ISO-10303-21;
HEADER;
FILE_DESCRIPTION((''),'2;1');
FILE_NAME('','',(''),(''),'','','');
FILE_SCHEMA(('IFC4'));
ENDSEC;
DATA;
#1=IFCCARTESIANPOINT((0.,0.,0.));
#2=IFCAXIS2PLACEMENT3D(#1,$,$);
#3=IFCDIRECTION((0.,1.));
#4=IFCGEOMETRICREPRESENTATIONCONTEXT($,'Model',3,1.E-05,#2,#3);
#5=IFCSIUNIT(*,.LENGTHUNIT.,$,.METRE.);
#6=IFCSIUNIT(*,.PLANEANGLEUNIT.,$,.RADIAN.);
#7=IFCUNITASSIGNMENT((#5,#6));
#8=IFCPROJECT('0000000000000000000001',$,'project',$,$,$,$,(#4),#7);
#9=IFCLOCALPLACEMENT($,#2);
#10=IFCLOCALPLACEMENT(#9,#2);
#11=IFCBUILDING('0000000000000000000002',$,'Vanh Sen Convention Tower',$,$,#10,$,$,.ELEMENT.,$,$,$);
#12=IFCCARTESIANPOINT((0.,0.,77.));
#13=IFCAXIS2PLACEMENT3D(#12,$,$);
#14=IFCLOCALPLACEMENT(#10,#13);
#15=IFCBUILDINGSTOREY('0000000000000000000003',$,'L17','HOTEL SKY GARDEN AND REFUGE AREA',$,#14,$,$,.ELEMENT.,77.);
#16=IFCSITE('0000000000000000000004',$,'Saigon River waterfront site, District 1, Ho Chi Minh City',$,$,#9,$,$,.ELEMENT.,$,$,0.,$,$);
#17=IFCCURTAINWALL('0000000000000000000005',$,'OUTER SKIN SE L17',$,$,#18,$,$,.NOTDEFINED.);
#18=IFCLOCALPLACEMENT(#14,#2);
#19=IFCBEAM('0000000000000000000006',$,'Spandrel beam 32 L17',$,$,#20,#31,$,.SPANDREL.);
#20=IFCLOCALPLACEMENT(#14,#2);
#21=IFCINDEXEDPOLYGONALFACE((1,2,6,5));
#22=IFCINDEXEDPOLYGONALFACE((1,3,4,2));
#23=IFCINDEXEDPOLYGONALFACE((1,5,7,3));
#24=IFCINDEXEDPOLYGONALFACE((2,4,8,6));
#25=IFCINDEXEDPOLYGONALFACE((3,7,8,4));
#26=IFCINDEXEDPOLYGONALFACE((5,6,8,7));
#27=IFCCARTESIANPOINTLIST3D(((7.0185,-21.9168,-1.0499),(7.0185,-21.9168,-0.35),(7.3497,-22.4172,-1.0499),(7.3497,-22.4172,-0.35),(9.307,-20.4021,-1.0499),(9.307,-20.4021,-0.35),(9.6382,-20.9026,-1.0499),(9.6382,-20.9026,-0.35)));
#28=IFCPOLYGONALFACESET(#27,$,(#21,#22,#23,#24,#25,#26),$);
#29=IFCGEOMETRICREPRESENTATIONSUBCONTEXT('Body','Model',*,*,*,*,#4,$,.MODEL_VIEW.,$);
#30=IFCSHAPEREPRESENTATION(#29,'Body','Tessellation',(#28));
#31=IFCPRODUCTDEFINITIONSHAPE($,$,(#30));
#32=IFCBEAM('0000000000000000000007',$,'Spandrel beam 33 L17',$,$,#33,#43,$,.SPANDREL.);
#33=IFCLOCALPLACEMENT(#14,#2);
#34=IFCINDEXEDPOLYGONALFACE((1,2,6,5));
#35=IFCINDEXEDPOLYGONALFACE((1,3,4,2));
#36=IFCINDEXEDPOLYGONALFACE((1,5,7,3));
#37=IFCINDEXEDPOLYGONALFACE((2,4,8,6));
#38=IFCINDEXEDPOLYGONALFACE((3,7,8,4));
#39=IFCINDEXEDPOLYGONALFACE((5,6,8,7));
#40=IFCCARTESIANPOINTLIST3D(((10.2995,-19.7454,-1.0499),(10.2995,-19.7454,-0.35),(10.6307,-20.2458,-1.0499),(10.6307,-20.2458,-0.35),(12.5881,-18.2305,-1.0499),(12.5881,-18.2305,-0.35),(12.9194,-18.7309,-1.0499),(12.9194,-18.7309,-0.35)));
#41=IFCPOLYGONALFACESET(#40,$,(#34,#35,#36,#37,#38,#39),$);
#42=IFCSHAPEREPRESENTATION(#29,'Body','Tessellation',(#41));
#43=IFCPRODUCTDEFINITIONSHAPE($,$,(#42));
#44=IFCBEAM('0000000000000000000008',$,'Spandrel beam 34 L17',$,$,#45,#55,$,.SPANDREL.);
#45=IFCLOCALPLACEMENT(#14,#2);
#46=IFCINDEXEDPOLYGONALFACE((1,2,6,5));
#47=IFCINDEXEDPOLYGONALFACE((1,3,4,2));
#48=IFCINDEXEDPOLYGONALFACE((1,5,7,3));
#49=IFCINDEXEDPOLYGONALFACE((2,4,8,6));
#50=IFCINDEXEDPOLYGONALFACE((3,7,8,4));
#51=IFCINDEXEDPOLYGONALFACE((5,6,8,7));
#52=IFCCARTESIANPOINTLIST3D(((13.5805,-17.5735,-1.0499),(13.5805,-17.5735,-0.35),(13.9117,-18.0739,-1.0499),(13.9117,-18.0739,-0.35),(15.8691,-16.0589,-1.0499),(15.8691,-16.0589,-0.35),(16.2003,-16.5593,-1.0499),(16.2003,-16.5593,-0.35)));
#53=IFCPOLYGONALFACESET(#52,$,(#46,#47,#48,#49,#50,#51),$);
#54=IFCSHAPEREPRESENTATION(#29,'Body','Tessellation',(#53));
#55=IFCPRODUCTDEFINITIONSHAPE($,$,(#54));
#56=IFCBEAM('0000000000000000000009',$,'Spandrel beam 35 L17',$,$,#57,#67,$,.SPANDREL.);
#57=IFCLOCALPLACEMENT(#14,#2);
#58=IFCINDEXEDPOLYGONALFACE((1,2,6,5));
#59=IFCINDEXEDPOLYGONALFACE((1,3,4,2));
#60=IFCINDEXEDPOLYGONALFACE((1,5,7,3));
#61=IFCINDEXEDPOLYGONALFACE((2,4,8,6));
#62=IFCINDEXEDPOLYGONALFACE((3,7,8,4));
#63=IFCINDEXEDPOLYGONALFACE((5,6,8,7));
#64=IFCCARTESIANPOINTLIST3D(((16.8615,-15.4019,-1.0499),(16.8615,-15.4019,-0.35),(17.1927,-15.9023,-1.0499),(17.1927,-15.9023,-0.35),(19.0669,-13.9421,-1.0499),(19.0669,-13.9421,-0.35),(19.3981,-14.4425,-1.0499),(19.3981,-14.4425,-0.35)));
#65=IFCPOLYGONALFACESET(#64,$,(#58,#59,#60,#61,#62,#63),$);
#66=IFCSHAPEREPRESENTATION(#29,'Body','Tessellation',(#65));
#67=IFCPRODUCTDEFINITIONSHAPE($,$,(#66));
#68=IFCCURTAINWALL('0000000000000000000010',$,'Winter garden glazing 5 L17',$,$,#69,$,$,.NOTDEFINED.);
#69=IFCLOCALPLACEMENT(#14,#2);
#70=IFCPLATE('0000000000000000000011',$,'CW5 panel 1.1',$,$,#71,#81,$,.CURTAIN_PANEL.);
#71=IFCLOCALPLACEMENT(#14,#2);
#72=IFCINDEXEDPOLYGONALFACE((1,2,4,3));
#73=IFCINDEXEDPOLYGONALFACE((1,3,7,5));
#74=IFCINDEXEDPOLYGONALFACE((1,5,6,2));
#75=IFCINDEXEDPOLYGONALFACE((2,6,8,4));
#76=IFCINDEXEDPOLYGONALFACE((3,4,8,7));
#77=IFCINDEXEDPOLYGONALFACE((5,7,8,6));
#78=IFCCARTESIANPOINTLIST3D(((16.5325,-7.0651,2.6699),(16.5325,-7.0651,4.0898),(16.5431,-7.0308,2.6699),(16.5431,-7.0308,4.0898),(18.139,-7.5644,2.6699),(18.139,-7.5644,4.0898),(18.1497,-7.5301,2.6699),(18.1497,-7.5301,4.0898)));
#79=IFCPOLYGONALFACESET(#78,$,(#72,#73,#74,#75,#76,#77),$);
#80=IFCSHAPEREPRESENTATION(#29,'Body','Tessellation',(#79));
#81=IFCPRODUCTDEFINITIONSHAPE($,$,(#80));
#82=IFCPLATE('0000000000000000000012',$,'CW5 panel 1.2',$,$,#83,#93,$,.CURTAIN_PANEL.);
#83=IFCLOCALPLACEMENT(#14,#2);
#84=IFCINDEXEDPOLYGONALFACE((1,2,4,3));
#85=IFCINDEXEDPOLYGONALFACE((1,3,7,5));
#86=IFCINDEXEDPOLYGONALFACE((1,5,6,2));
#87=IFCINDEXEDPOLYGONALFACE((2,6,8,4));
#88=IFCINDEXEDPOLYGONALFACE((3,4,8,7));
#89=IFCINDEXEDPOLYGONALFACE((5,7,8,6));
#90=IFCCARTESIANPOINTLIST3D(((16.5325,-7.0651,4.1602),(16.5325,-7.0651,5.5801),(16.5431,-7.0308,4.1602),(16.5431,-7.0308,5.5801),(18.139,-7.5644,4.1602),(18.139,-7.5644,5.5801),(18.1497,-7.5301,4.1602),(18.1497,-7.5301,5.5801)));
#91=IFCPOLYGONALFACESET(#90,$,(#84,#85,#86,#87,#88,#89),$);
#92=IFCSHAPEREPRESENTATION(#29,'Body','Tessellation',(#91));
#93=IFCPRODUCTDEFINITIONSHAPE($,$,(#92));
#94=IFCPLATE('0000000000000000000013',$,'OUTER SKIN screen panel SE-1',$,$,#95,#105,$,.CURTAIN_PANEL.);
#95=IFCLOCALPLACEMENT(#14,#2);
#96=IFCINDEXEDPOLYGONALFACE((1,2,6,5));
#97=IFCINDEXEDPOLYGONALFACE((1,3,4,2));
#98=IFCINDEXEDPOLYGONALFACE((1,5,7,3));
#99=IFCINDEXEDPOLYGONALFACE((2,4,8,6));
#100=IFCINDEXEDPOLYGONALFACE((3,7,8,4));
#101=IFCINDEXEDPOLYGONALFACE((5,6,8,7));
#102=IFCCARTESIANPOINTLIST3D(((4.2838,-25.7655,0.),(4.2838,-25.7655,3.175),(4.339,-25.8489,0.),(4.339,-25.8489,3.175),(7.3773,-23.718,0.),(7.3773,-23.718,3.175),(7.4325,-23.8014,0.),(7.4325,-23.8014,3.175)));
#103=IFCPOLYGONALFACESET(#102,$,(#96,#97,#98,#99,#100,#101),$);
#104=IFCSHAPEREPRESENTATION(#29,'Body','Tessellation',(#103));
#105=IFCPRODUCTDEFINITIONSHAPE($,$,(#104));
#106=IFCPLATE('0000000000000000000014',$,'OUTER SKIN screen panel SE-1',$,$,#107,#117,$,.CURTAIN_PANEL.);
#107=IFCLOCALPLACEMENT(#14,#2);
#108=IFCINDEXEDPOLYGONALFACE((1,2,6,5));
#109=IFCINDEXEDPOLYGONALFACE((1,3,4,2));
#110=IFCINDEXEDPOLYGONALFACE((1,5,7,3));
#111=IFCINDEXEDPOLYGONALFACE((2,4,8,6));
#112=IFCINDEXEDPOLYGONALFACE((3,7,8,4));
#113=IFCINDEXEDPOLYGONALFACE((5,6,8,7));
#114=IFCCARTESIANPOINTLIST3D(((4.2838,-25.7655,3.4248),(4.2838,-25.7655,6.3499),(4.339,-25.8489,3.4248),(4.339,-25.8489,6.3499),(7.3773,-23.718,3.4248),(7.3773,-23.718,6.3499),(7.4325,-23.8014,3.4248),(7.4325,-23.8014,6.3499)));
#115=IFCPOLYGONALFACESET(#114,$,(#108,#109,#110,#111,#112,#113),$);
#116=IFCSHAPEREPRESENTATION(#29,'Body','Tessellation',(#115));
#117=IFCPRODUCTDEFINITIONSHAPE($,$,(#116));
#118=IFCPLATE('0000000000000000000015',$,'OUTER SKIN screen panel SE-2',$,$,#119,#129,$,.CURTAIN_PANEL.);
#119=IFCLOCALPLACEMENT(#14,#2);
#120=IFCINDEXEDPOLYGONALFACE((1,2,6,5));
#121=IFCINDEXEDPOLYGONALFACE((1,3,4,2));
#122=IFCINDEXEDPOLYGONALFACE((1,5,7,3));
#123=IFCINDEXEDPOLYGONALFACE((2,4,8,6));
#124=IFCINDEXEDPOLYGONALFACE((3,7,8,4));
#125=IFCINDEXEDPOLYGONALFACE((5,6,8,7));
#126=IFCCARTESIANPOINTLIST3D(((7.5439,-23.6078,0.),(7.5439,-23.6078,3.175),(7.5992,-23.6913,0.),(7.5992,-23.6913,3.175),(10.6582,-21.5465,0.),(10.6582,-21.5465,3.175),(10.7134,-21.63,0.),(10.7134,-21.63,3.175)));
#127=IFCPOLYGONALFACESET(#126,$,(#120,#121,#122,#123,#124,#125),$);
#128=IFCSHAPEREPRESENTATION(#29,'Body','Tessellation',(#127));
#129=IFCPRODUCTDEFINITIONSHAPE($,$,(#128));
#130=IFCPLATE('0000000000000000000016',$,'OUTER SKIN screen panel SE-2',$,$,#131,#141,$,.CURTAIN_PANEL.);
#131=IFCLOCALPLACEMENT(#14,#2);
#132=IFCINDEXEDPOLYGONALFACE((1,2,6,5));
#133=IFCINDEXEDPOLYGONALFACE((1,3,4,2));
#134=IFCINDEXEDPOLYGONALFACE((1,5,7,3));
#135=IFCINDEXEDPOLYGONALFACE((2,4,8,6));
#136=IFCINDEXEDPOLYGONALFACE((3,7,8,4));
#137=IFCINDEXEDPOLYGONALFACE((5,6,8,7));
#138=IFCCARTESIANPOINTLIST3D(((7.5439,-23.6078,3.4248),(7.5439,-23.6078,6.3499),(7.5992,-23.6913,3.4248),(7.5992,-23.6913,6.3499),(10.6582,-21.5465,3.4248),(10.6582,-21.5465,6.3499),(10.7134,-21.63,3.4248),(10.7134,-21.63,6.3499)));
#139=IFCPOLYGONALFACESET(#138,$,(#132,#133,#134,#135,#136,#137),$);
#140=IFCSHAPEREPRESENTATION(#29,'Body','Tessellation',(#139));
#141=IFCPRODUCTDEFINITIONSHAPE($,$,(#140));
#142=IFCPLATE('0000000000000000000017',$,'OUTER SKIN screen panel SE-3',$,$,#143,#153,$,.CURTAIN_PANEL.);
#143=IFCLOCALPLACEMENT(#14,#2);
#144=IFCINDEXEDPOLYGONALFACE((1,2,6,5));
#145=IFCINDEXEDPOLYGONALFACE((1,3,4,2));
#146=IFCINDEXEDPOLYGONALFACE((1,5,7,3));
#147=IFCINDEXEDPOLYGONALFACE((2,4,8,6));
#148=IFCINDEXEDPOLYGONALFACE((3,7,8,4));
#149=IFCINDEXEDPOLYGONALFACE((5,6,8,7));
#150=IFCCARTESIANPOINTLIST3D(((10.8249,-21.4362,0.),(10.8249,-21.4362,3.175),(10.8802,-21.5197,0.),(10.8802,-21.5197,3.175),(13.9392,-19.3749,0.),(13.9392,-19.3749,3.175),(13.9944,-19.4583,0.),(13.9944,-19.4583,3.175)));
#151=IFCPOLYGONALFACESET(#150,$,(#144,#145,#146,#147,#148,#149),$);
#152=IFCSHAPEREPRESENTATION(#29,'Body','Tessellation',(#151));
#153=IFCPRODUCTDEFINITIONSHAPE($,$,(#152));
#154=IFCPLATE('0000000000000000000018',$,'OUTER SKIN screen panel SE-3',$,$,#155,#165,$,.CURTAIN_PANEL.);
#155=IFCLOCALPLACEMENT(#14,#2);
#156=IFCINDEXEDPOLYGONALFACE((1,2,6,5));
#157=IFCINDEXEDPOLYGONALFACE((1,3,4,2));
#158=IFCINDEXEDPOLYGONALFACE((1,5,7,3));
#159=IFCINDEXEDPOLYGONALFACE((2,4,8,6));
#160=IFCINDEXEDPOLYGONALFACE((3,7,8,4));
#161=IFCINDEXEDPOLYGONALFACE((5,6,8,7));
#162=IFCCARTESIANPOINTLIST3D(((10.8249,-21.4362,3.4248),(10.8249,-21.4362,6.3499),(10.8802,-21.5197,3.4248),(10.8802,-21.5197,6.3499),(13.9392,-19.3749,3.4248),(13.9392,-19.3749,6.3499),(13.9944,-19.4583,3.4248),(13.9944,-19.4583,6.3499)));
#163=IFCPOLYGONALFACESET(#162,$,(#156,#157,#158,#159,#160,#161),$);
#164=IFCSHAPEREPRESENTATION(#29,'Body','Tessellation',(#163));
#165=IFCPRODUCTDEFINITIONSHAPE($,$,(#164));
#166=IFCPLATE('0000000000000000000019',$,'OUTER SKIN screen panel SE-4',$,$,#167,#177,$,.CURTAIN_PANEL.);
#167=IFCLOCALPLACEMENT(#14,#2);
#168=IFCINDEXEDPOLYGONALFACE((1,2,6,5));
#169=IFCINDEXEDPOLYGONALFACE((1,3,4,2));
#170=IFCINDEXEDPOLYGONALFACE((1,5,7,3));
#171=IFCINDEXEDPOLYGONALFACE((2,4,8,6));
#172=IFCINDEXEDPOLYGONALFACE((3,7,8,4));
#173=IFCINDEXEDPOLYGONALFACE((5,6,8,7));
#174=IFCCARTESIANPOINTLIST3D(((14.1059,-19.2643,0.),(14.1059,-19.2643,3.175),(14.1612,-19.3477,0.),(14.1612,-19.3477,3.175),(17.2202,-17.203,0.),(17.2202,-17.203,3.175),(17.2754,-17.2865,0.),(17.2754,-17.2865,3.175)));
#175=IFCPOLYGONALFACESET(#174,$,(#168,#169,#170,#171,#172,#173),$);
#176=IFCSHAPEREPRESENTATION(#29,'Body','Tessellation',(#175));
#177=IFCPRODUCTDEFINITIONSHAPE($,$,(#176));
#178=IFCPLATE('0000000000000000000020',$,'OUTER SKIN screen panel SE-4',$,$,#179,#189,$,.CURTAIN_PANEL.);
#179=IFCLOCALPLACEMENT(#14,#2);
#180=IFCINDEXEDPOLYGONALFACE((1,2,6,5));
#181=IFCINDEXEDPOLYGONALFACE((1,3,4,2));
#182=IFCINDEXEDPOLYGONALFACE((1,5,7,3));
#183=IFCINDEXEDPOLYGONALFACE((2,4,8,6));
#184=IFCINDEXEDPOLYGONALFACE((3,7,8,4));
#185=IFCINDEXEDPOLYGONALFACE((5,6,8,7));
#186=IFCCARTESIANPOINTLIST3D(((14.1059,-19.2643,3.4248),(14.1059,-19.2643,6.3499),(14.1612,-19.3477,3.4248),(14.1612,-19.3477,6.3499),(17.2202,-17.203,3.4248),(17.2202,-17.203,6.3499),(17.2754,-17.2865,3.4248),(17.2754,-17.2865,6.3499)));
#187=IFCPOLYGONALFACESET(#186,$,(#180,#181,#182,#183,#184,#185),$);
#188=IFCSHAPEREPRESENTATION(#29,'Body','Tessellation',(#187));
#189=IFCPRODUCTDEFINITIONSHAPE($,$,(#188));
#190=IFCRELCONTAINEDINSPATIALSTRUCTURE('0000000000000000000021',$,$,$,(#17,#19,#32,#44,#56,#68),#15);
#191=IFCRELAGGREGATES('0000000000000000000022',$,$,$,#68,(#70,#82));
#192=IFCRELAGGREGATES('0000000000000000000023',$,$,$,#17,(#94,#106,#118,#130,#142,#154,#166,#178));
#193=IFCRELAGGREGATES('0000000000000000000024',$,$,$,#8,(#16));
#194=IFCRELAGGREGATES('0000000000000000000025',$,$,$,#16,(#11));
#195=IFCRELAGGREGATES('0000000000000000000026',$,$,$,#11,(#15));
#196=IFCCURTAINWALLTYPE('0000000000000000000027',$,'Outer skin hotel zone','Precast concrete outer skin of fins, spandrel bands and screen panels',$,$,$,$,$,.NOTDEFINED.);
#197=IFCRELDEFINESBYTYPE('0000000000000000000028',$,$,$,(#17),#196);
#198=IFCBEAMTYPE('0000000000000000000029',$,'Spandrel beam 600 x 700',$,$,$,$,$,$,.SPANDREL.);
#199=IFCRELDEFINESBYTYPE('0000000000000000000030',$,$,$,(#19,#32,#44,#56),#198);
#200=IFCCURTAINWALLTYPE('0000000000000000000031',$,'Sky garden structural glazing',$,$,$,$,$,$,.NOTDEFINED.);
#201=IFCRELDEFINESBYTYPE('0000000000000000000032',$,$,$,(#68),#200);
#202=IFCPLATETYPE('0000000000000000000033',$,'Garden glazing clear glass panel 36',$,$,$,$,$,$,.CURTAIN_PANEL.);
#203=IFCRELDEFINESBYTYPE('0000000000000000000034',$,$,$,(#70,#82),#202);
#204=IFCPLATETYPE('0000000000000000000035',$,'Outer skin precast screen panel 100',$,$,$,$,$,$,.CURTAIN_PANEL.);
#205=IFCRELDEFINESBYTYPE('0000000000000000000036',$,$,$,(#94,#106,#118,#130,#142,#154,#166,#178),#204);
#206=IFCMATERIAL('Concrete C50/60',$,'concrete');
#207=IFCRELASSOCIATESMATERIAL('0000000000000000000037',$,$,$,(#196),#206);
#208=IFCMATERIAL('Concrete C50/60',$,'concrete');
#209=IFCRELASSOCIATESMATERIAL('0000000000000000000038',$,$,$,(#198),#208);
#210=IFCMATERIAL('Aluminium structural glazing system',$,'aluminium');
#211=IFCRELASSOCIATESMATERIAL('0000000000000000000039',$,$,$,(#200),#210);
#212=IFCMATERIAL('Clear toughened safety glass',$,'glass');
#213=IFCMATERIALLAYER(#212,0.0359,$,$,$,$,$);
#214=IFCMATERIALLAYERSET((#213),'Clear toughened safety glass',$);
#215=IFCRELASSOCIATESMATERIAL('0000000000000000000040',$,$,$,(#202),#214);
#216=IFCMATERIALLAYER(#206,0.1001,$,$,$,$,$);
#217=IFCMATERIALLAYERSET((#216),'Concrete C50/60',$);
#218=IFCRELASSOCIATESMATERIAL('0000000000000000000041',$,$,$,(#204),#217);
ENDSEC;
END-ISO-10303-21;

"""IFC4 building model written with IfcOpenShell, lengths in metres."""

from ifc_helpers import new_model, si_unit, direction, frame, origin, origin_2d, place, context, subcontext, project, spatial, rectangle, extrude, material, layer, layer_set, material_profile, profile_set, type_object, element, aggregate, save


model = new_model("IFC4")

# Units and contexts
model_context = context("Model", 3, precision=1e-05, world=origin(), true_north=direction((0.0, 1.0)))
body_context = subcontext(model_context, "Body", "Model", "MODEL_VIEW")
ifc_project = project(units=[si_unit("LENGTHUNIT", "METRE"), si_unit("PLANEANGLEUNIT", "RADIAN")], contexts=[model_context])

# Site, building, storey
site_placement = place(None, origin())
site = spatial("IfcSite", under=ifc_project, at=site_placement, Name="Saigon River waterfront site, District 1, Ho Chi Minh City", CompositionType="ELEMENT", RefElevation=0.0)
building_placement = place(site_placement, origin())
building = spatial("IfcBuilding", under=site, at=building_placement, Name="Vanh Sen Convention Tower", CompositionType="ELEMENT")
storey_placement = place(building_placement, frame((0.0, 0.0, 77.0)))
storey = spatial("IfcBuildingStorey", under=building, at=storey_placement, Name="L17", Description="HOTEL SKY GARDEN AND REFUGE AREA", CompositionType="ELEMENT", Elevation=77.0)

# Curtain wall
ifc_material_1 = material(Name="Concrete C50/60", Category="concrete")
curtain_wall_type_1 = type_object("IfcCurtainWallType", Name="Outer skin hotel zone", Description="Precast concrete outer skin of fins, spandrel bands and screen panels", PredefinedType="NOTDEFINED", material=ifc_material_1)
curtain_wall_1_placement = place(storey_placement, origin())
curtain_wall_1 = element("IfcCurtainWall", 1, at=curtain_wall_1_placement, inside=storey, type_object=curtain_wall_type_1, Name="OUTER SKIN SE L17", PredefinedType="NOTDEFINED")

# Beams
ifc_material_2 = material(Name="Concrete C50/60", Category="concrete")
ifc_material_profile_1 = material_profile(ifc_material_2, rectangle(XDim=0.6001, YDim=0.7, at=origin_2d()), Name="RC 600X700")
ifc_profile_set_1 = profile_set([ifc_material_profile_1], Name="Concrete C50/60")
beam_type_1 = type_object("IfcBeamType", Name="Spandrel beam 600 x 700", PredefinedType="SPANDREL", material=ifc_profile_set_1)
beam_1_placement = place(storey_placement, frame((7.1841, -22.167, -0.7), z_axis=(0.833907, 0.551905, 0.0), x_axis=(-0.551905, 0.833907, 0.0)))
element("IfcBeam", 2, at=beam_1_placement, inside=storey, type_object=beam_type_1, Name="Spandrel beam 32 L17", PredefinedType="SPANDREL", context=body_context, shape_type="SweptSolid", body=[
    extrude(rectangle(XDim=0.6001, YDim=0.7, at=origin_2d()), origin(), (0.0, 0.0, 1.0), 2.7444),
])
beam_2_placement = place(storey_placement, frame((10.4651, -19.9956, -0.7), z_axis=(0.833866, 0.551967, 0.0), x_axis=(-0.551967, 0.833866, 0.0)))
element("IfcBeam", 3, at=beam_2_placement, inside=storey, type_object=beam_type_1, Name="Spandrel beam 33 L17", PredefinedType="SPANDREL", context=body_context, shape_type="SweptSolid", body=[
    extrude(rectangle(XDim=0.6001, YDim=0.7, at=origin_2d()), origin(), (0.0, 0.0, 1.0), 2.7446),
])
beam_3_placement = place(storey_placement, frame((13.7461, -17.8237, -0.7), z_axis=(0.833907, 0.551905, 0.0), x_axis=(-0.551905, 0.833907, 0.0)))
element("IfcBeam", 4, at=beam_3_placement, inside=storey, type_object=beam_type_1, Name="Spandrel beam 34 L17", PredefinedType="SPANDREL", context=body_context, shape_type="SweptSolid", body=[
    extrude(rectangle(XDim=0.6001, YDim=0.7, at=origin_2d()), origin(), (0.0, 0.0, 1.0), 2.7444),
])
beam_4_placement = place(storey_placement, frame((17.0271, -15.6521, -0.7), z_axis=(0.833878, 0.551949, 0.0), x_axis=(-0.551949, 0.833878, 0.0)))
element("IfcBeam", 5, at=beam_4_placement, inside=storey, type_object=beam_type_1, Name="Spandrel beam 35 L17", PredefinedType="SPANDREL", context=body_context, shape_type="SweptSolid", body=[
    extrude(rectangle(XDim=0.6001, YDim=0.7, at=origin_2d()), origin(), (0.0, 0.0, 1.0), 2.6448),
])

# Curtain wall, plates
ifc_material_3 = material(Name="Aluminium structural glazing system", Category="aluminium")
curtain_wall_type_2 = type_object("IfcCurtainWallType", Name="Sky garden structural glazing", PredefinedType="NOTDEFINED", material=ifc_material_3)
curtain_wall_2_placement = place(storey_placement, origin())
curtain_wall_2 = element("IfcCurtainWall", 6, at=curtain_wall_2_placement, inside=storey, type_object=curtain_wall_type_2, Name="Winter garden glazing 5 L17", PredefinedType="NOTDEFINED")
ifc_material_4 = material(Name="Clear toughened safety glass", Category="glass")
ifc_layer_1 = layer(ifc_material_4, 0.0359)
ifc_layer_set_1 = layer_set([ifc_layer_1], Name="Clear toughened safety glass")
plate_type_1 = type_object("IfcPlateType", Name="Garden glazing clear glass panel 36", PredefinedType="CURTAIN_PANEL", material=ifc_layer_set_1)
plate_1_placement = place(storey_placement, frame((17.3411, -7.2976, 2.6699), z_axis=(0.0, 0.0, 1.0), x_axis=(0.954947, -0.296776, 0.0)))
plate_1 = element("IfcPlate", 7, at=plate_1_placement, type_object=plate_type_1, Name="CW5 panel 1.1", PredefinedType="CURTAIN_PANEL", context=body_context, shape_type="SweptSolid", body=[
    extrude(rectangle(XDim=1.6824, YDim=0.0359, at=origin_2d()), origin(), (0.0, 0.0, 1.0), 1.4199),
])
plate_2_placement = place(storey_placement, frame((17.3411, -7.2976, 4.1602), z_axis=(0.0, 0.0, 1.0), x_axis=(0.954947, -0.296776, 0.0)))
plate_2 = element("IfcPlate", 8, at=plate_2_placement, type_object=plate_type_1, Name="CW5 panel 1.2", PredefinedType="CURTAIN_PANEL", context=body_context, shape_type="SweptSolid", body=[
    extrude(rectangle(XDim=1.6824, YDim=0.0359, at=origin_2d()), origin(), (0.0, 0.0, 1.0), 1.4199),
])
aggregate(curtain_wall_2, [plate_1, plate_2])

# Plates
ifc_layer_2 = layer(ifc_material_1, 0.1001)
ifc_layer_set_2 = layer_set([ifc_layer_2], Name="Concrete C50/60")
plate_type_2 = type_object("IfcPlateType", Name="Outer skin precast screen panel 100", PredefinedType="CURTAIN_PANEL", material=ifc_layer_set_2)
plate_3_placement = place(storey_placement, frame((5.8582, -24.7834, 0.0), z_axis=(0.0, 0.0, 1.0), x_axis=(0.833892, 0.551928, 0.0)))
plate_3 = element("IfcPlate", 9, at=plate_3_placement, type_object=plate_type_2, Name="OUTER SKIN screen panel SE-1", PredefinedType="CURTAIN_PANEL", context=body_context, shape_type="SweptSolid", body=[
    extrude(rectangle(XDim=3.7097, YDim=0.1001, at=origin_2d()), origin(), (0.0, 0.0, 1.0), 3.175),
])
plate_4_placement = place(storey_placement, frame((5.8582, -24.7834, 3.4248), z_axis=(0.0, 0.0, 1.0), x_axis=(0.833892, 0.551928, 0.0)))
plate_4 = element("IfcPlate", 10, at=plate_4_placement, type_object=plate_type_2, Name="OUTER SKIN screen panel SE-1", PredefinedType="CURTAIN_PANEL", context=body_context, shape_type="SweptSolid", body=[
    extrude(rectangle(XDim=3.7097, YDim=0.1001, at=origin_2d()), origin(), (0.0, 0.0, 1.0), 2.925),
])
plate_5_placement = place(storey_placement, frame((9.1287, -22.6189, 0.0), z_axis=(0.0, 0.0, 1.0), x_axis=(0.833892, 0.551928, 0.0)))
plate_5 = element("IfcPlate", 11, at=plate_5_placement, type_object=plate_type_2, Name="OUTER SKIN screen panel SE-2", PredefinedType="CURTAIN_PANEL", context=body_context, shape_type="SweptSolid", body=[
    extrude(rectangle(XDim=3.7346, YDim=0.1001, at=origin_2d()), origin(), (0.0, 0.0, 1.0), 3.175),
])
plate_6_placement = place(storey_placement, frame((9.1287, -22.6189, 3.4248), z_axis=(0.0, 0.0, 1.0), x_axis=(0.833892, 0.551928, 0.0)))
plate_6 = element("IfcPlate", 12, at=plate_6_placement, type_object=plate_type_2, Name="OUTER SKIN screen panel SE-2", PredefinedType="CURTAIN_PANEL", context=body_context, shape_type="SweptSolid", body=[
    extrude(rectangle(XDim=3.7346, YDim=0.1001, at=origin_2d()), origin(), (0.0, 0.0, 1.0), 2.925),
])
plate_7_placement = place(storey_placement, frame((12.4097, -20.4473, 0.0), z_axis=(0.0, 0.0, 1.0), x_axis=(0.83388, 0.551946, 0.0)))
plate_7 = element("IfcPlate", 13, at=plate_7_placement, type_object=plate_type_2, Name="OUTER SKIN screen panel SE-3", PredefinedType="CURTAIN_PANEL", context=body_context, shape_type="SweptSolid", body=[
    extrude(rectangle(XDim=3.7346, YDim=0.1001, at=origin_2d()), origin(), (0.0, 0.0, 1.0), 3.175),
])
plate_8_placement = place(storey_placement, frame((12.4097, -20.4473, 3.4248), z_axis=(0.0, 0.0, 1.0), x_axis=(0.83388, 0.551946, 0.0)))
plate_8 = element("IfcPlate", 14, at=plate_8_placement, type_object=plate_type_2, Name="OUTER SKIN screen panel SE-3", PredefinedType="CURTAIN_PANEL", context=body_context, shape_type="SweptSolid", body=[
    extrude(rectangle(XDim=3.7346, YDim=0.1001, at=origin_2d()), origin(), (0.0, 0.0, 1.0), 2.925),
])
plate_9_placement = place(storey_placement, frame((15.6907, -18.2754, 0.0), z_axis=(0.0, 0.0, 1.0), x_axis=(0.833892, 0.551928, 0.0)))
plate_9 = element("IfcPlate", 15, at=plate_9_placement, type_object=plate_type_2, Name="OUTER SKIN screen panel SE-4", PredefinedType="CURTAIN_PANEL", context=body_context, shape_type="SweptSolid", body=[
    extrude(rectangle(XDim=3.7346, YDim=0.1001, at=origin_2d()), origin(), (0.0, 0.0, 1.0), 3.175),
])
plate_10_placement = place(storey_placement, frame((15.6907, -18.2754, 3.4248), z_axis=(0.0, 0.0, 1.0), x_axis=(0.833892, 0.551928, 0.0)))
plate_10 = element("IfcPlate", 16, at=plate_10_placement, type_object=plate_type_2, Name="OUTER SKIN screen panel SE-4", PredefinedType="CURTAIN_PANEL", context=body_context, shape_type="SweptSolid", body=[
    extrude(rectangle(XDim=3.7346, YDim=0.1001, at=origin_2d()), origin(), (0.0, 0.0, 1.0), 2.925),
])
aggregate(curtain_wall_1, [plate_3, plate_4, plate_5, plate_6, plate_7, plate_8, plate_9, plate_10])

save(model, "model.ifc")
